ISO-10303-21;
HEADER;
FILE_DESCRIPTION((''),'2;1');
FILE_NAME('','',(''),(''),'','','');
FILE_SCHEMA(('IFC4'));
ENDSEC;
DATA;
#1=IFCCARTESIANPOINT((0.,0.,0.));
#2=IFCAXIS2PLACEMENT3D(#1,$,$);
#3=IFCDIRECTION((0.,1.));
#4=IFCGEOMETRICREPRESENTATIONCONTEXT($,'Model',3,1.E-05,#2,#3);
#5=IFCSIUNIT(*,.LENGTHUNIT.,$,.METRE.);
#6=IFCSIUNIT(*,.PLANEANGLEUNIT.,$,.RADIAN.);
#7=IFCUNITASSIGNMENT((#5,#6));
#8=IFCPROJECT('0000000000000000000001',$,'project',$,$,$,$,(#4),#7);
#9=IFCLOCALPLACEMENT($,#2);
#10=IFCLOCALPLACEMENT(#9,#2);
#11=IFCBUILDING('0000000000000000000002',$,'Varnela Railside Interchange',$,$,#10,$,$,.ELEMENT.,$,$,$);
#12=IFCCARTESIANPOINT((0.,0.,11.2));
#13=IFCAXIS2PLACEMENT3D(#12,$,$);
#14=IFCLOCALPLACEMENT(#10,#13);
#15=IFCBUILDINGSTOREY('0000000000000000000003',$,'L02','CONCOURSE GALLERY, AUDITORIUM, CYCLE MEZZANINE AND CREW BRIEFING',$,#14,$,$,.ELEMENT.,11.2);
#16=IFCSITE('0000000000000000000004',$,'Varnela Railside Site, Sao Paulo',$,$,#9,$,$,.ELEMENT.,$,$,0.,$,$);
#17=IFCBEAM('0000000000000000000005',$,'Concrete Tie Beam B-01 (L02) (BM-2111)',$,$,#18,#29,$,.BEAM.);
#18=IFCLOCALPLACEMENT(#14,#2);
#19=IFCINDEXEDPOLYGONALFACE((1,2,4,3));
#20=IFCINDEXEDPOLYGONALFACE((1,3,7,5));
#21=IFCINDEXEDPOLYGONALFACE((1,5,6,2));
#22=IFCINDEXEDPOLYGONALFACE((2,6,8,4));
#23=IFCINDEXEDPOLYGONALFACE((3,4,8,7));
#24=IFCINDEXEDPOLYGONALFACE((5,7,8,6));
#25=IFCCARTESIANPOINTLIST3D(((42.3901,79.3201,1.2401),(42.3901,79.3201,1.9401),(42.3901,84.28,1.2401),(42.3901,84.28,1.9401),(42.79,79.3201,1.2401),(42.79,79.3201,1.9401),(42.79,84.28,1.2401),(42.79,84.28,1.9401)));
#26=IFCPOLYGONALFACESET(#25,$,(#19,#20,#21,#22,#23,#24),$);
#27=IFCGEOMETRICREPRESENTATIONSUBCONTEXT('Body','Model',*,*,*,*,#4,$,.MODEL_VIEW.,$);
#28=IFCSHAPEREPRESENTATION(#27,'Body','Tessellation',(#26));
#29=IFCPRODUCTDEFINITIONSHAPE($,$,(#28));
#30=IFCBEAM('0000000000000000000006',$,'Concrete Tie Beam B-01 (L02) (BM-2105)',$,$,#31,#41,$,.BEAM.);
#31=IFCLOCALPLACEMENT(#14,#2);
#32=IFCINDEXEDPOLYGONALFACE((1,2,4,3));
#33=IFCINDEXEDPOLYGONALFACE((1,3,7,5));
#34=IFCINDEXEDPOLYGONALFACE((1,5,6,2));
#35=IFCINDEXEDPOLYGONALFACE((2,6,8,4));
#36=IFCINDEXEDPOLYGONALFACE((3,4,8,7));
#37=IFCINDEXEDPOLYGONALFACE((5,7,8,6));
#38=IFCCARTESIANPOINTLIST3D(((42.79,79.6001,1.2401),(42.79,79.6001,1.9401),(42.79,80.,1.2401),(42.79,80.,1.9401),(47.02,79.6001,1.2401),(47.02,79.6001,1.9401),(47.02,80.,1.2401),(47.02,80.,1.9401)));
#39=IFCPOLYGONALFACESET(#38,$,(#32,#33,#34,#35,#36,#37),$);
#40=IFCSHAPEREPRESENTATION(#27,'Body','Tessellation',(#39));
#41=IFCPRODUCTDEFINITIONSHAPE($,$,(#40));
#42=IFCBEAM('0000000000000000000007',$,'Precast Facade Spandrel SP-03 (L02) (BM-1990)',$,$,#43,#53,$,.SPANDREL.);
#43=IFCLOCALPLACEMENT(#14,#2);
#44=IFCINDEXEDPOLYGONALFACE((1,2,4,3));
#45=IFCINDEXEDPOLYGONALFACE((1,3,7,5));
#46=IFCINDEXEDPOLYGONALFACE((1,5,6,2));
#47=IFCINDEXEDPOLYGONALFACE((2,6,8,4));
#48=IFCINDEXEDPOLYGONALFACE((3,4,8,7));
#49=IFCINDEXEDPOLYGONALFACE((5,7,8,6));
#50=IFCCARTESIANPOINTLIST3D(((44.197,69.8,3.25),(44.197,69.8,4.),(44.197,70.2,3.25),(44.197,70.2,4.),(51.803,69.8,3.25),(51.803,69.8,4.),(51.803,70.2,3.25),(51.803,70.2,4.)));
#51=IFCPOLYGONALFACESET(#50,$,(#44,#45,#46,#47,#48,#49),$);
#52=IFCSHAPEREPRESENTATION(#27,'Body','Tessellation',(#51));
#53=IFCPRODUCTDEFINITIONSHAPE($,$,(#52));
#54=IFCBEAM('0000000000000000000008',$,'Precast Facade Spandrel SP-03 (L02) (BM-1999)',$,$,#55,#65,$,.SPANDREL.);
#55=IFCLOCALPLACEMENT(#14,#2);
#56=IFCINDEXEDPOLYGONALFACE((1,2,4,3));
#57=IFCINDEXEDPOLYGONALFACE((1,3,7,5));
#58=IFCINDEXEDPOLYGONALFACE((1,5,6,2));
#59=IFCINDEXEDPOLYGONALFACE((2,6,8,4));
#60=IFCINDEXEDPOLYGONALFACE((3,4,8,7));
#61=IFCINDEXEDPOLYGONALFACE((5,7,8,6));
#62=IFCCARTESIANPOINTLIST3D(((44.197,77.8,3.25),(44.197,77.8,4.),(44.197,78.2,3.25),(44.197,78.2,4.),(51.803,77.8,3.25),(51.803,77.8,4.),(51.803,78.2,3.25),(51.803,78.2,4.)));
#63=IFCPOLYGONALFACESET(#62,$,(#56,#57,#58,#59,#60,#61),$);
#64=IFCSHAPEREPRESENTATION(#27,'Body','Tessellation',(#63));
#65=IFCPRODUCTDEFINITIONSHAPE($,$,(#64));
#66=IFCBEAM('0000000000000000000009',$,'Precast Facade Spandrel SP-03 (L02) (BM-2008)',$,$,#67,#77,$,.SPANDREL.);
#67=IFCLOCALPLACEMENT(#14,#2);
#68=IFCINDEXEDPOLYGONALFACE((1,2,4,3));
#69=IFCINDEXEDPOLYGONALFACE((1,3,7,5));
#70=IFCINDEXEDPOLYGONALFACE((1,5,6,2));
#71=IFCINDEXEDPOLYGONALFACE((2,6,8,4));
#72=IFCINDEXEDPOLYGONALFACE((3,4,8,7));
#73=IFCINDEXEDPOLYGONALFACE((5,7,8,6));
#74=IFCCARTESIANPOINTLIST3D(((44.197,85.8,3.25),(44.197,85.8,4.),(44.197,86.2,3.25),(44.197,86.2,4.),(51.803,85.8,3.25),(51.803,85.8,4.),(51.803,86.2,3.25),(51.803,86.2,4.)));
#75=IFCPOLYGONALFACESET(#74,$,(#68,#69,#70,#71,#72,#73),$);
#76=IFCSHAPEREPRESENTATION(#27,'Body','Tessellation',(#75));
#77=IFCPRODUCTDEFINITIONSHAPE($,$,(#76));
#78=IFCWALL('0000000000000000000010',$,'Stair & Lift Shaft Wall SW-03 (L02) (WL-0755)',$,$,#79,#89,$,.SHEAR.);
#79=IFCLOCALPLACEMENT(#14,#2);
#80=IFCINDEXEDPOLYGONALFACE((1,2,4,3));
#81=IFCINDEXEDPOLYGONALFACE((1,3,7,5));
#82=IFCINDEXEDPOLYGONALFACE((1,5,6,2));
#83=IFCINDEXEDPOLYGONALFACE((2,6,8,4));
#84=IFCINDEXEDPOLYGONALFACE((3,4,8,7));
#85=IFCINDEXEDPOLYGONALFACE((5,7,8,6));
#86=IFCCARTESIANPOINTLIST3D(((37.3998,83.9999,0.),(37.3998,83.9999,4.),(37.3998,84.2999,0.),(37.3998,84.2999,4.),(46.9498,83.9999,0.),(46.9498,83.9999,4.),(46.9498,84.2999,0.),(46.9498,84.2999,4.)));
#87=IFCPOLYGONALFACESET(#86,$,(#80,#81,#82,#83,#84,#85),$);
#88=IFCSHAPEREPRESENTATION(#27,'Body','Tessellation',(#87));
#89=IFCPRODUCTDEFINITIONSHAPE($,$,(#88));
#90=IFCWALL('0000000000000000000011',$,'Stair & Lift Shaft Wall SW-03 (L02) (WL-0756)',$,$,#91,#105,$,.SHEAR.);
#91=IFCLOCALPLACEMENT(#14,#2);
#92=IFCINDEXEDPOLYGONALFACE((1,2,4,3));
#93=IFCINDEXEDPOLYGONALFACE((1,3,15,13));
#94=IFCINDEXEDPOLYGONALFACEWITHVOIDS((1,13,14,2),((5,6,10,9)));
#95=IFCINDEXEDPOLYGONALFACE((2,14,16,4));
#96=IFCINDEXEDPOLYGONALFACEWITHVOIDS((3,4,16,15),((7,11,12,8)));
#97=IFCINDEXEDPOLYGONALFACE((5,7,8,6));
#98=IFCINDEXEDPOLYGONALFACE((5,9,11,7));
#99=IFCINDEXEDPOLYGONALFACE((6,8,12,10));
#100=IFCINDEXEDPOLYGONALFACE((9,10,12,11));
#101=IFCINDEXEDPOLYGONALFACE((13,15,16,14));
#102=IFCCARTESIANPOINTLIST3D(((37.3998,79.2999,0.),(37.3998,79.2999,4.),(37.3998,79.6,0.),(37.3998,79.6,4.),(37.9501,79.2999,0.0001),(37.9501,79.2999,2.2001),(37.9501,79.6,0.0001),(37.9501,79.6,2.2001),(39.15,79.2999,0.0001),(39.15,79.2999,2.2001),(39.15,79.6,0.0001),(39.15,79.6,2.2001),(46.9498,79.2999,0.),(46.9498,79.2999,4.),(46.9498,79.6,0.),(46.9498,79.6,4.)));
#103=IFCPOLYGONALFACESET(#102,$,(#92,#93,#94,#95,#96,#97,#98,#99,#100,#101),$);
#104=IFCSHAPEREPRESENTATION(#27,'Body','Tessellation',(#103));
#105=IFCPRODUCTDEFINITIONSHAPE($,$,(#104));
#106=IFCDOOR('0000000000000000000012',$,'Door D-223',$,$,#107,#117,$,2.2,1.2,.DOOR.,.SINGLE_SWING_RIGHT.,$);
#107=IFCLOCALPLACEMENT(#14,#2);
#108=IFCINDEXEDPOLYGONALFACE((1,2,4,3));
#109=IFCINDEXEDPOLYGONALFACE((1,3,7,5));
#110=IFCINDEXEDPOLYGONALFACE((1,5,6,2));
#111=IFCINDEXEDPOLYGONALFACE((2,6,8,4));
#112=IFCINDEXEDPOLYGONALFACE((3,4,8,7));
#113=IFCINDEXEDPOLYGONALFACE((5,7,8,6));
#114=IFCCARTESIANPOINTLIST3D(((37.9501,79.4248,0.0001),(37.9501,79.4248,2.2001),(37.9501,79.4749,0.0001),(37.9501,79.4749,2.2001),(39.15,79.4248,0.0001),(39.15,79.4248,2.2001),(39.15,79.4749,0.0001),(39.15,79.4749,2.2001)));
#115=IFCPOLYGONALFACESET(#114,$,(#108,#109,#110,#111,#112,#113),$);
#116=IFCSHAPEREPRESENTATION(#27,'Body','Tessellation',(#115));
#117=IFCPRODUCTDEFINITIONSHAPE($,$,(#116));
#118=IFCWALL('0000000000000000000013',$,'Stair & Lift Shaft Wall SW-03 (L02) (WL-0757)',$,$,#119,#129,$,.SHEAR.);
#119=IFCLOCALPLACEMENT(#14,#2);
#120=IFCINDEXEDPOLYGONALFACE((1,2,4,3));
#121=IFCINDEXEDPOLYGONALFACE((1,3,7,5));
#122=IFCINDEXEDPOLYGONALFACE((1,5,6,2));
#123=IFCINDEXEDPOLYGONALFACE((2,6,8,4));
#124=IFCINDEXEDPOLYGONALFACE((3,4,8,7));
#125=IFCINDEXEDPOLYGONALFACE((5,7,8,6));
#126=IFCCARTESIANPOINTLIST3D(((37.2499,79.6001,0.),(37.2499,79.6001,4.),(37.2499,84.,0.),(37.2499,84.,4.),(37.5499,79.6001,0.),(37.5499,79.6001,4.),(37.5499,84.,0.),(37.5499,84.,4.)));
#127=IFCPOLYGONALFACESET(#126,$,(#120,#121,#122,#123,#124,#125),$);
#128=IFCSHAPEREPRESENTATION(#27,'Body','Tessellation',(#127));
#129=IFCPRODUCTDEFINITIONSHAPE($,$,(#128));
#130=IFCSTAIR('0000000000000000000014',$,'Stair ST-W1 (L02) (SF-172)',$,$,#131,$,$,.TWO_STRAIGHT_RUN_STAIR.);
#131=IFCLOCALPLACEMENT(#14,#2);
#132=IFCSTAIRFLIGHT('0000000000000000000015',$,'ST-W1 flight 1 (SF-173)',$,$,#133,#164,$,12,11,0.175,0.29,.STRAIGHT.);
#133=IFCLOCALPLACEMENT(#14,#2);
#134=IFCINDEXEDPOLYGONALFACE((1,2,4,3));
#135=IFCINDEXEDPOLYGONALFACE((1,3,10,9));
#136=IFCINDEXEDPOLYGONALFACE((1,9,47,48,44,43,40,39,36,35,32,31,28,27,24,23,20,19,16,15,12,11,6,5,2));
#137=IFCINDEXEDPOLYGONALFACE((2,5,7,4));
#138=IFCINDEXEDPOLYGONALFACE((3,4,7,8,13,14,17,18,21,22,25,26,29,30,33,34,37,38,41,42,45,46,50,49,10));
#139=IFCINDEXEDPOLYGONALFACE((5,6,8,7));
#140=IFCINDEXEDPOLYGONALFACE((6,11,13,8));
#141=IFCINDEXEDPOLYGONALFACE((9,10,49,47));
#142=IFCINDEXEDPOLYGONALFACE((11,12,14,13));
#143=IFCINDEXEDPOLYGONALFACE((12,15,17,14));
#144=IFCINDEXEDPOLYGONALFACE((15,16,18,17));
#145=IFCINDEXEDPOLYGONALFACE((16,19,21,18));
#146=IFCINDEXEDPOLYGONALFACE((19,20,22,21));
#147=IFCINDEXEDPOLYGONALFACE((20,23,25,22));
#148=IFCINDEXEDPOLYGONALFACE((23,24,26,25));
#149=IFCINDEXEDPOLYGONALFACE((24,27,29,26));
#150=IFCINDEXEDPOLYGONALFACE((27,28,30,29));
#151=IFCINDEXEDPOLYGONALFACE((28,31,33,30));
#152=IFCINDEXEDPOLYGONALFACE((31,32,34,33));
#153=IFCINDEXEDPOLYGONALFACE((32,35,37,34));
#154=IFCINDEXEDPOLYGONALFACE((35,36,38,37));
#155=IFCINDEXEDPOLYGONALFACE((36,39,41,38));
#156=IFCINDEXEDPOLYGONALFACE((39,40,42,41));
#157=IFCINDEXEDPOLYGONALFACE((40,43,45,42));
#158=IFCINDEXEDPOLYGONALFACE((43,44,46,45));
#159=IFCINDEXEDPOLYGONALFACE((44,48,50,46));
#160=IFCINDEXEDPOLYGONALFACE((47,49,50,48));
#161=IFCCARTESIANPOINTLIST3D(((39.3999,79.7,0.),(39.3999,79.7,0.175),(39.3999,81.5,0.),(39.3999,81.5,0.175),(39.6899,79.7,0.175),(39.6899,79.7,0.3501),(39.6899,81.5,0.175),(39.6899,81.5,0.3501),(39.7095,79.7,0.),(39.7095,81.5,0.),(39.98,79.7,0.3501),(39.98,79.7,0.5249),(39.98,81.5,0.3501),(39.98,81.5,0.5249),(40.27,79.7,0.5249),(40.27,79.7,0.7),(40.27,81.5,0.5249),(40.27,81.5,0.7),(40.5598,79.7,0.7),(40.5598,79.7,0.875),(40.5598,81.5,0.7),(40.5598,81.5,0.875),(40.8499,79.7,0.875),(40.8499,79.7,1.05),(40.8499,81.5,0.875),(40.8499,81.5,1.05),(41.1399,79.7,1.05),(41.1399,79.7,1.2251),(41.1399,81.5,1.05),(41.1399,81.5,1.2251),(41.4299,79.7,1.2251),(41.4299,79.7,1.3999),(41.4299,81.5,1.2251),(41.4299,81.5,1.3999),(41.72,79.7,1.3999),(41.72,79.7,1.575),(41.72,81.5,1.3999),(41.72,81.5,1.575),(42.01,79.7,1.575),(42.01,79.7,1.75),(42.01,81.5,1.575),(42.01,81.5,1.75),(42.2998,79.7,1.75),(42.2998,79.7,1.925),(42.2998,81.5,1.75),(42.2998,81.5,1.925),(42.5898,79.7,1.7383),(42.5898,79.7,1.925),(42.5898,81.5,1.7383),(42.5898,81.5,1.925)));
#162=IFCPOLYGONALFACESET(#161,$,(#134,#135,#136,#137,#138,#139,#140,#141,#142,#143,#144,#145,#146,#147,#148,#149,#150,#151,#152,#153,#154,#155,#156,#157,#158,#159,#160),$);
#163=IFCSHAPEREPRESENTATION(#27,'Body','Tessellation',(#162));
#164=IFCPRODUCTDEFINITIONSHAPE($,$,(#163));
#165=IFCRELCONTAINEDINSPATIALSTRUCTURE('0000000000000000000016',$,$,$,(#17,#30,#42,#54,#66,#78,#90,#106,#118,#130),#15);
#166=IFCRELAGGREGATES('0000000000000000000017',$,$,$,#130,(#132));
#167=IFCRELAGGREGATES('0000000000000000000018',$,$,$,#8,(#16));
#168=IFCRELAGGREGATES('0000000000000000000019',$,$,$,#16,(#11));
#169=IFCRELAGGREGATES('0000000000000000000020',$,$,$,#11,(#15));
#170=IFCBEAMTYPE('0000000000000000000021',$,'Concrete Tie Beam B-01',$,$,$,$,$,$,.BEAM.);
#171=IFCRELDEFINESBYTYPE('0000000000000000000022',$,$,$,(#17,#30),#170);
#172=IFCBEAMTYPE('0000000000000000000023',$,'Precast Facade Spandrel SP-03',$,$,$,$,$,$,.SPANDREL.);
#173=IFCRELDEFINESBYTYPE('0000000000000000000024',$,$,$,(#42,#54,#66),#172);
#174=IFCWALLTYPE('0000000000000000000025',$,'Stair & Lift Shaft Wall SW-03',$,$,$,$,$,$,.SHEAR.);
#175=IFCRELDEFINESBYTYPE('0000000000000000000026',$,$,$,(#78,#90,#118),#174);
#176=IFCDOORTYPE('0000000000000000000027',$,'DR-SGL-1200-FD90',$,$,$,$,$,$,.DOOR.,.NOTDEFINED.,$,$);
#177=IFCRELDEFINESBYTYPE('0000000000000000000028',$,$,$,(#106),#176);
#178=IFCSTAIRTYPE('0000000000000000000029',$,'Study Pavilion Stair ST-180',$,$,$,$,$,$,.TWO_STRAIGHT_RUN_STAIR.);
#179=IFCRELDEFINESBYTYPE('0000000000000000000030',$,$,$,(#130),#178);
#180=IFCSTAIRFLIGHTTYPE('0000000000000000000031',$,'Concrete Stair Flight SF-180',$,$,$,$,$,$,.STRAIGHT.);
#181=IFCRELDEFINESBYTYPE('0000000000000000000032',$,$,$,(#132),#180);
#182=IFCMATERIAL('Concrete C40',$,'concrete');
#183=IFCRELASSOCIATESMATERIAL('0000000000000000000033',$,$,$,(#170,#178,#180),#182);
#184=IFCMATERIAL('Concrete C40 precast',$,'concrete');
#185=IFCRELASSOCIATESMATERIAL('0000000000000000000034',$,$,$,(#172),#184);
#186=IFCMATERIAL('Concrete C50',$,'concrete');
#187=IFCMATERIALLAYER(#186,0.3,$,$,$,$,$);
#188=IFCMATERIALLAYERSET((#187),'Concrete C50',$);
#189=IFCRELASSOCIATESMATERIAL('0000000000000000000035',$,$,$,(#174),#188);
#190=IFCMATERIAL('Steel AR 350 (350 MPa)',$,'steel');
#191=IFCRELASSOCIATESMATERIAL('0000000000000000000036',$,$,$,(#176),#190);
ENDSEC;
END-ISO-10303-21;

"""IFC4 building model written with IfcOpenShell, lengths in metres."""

from ifc_helpers import new_model, si_unit, direction, frame, frame_2d, origin, origin_2d, place, context, subcontext, project, spatial, polyline, rectangle, outline, extrude, material, layer, layer_set, material_profile, profile_set, type_object, element, fill, aggregate, save


model = new_model("IFC4")

# Units and contexts
model_context = context("Model", 3, precision=1e-05, world=origin(), true_north=direction((0.0, 1.0)))
body_context = subcontext(model_context, "Body", "Model", "MODEL_VIEW")
ifc_project = project(units=[si_unit("LENGTHUNIT", "METRE"), si_unit("PLANEANGLEUNIT", "RADIAN")], contexts=[model_context])

# Site, building, storey
site_placement = place(None, origin())
site = spatial("IfcSite", under=ifc_project, at=site_placement, Name="Varnela Railside Site, Sao Paulo", CompositionType="ELEMENT", RefElevation=0.0)
building_placement = place(site_placement, origin())
building = spatial("IfcBuilding", under=site, at=building_placement, Name="Varnela Railside Interchange", CompositionType="ELEMENT")
storey_placement = place(building_placement, frame((0.0, 0.0, 11.2)))
storey = spatial("IfcBuildingStorey", under=building, at=storey_placement, Name="L02", Description="CONCOURSE GALLERY, AUDITORIUM, CYCLE MEZZANINE AND CREW BRIEFING", CompositionType="ELEMENT", Elevation=11.2)

# Shared definitions
ifc_material_1 = material(Name="Steel AR 350 (350 MPa)", Category="steel")

# Beams
ifc_material_2 = material(Name="Concrete C40", Category="concrete")
ifc_material_profile_1 = material_profile(ifc_material_2, rectangle(XDim=0.3999, YDim=0.7, at=origin_2d()), Name="RC 400x700")
ifc_profile_set_1 = profile_set([ifc_material_profile_1], Name="Concrete C40")
beam_type_1 = type_object("IfcBeamType", Name="Concrete Tie Beam B-01", PredefinedType="BEAM", material=ifc_profile_set_1)
for number, where, z_axis, x_axis, name in (
    (1, (42.5901, 79.3201, 1.5901), (0.0, 1.0, 0.0), (-1.0, 0.0, 0.0), "Concrete Tie Beam B-01 (L02) (BM-2111)"),
):
    element("IfcBeam", number, at=place(storey_placement, frame(where, z_axis=z_axis, x_axis=x_axis)), inside=storey, type_object=beam_type_1, Name=name, PredefinedType="BEAM", context=body_context, shape_type="SweptSolid", body=[
        extrude(rectangle(XDim=0.3999, YDim=0.7, at=origin_2d()), origin(), (0.0, 0.0, 1.0), 4.96),
    ])
beam_1_placement = place(storey_placement, frame((42.79, 79.8, 1.5901), z_axis=(1.0, 0.0, 0.0), x_axis=(0.0, 1.0, 0.0)))
element("IfcBeam", 2, at=beam_1_placement, inside=storey, type_object=beam_type_1, Name="Concrete Tie Beam B-01 (L02) (BM-2105)", PredefinedType="BEAM", context=body_context, shape_type="SweptSolid", body=[
    extrude(rectangle(XDim=0.3999, YDim=0.7, at=origin_2d()), origin(), (0.0, 0.0, 1.0), 4.23),
])
ifc_material_3 = material(Name="Concrete C40 precast", Category="concrete")
ifc_material_profile_2 = material_profile(ifc_material_3, rectangle(XDim=0.3999, YDim=0.75, at=origin_2d()), Name="PC 400x750")
ifc_profile_set_2 = profile_set([ifc_material_profile_2], Name="Concrete C40 precast")
beam_type_2 = type_object("IfcBeamType", Name="Precast Facade Spandrel SP-03", PredefinedType="SPANDREL", material=ifc_profile_set_2)
for number, where, z_axis, x_axis, name in (
    (3, (44.197, 70.0, 3.625), (1.0, 0.0, 0.0), (0.0, 1.0, 0.0), "Precast Facade Spandrel SP-03 (L02) (BM-1990)"),
    (4, (44.197, 78.0, 3.625), (1.0, 0.0, 0.0), (0.0, 1.0, 0.0), "Precast Facade Spandrel SP-03 (L02) (BM-1999)"),
    (5, (44.197, 86.0, 3.625), (1.0, 0.0, 0.0), (0.0, 1.0, 0.0), "Precast Facade Spandrel SP-03 (L02) (BM-2008)"),
):
    element("IfcBeam", number, at=place(storey_placement, frame(where, z_axis=z_axis, x_axis=x_axis)), inside=storey, type_object=beam_type_2, Name=name, PredefinedType="SPANDREL", context=body_context, shape_type="SweptSolid", body=[
        extrude(rectangle(XDim=0.3999, YDim=0.75, at=origin_2d()), origin(), (0.0, 0.0, 1.0), 7.606),
    ])

# Wall
ifc_material_4 = material(Name="Concrete C50", Category="concrete")
ifc_layer = layer(ifc_material_4, 0.3)
ifc_layer_set = layer_set([ifc_layer], Name="Concrete C50")
wall_type = type_object("IfcWallType", Name="Stair & Lift Shaft Wall SW-03", PredefinedType="SHEAR", material=ifc_layer_set)
wall_1_placement = place(storey_placement, frame((37.3999, 84.1499, 0.0), z_axis=(0.0, 0.0, 1.0), x_axis=(1.0, 0.0, 0.0)))
element("IfcWall", 6, at=wall_1_placement, inside=storey, type_object=wall_type, Name="Stair & Lift Shaft Wall SW-03 (L02) (WL-0755)", PredefinedType="SHEAR", context=body_context, shape_type="SweptSolid", body=[
    extrude(rectangle(XDim=9.55, YDim=0.3, at=frame_2d((4.7749, 0.0))), origin(), (0.0, 0.0, 1.0), 4.0),
])

# Wall, opening, door
wall_2_placement = place(storey_placement, frame((37.3999, 79.45, 0.0), z_axis=(0.0, 0.0, 1.0), x_axis=(1.0, 0.0, 0.0)))
wall_2 = element("IfcWall", 7, at=wall_2_placement, inside=storey, type_object=wall_type, Name="Stair & Lift Shaft Wall SW-03 (L02) (WL-0756)", PredefinedType="SHEAR", context=body_context, shape_type="SweptSolid", body=[
    extrude(rectangle(XDim=9.55, YDim=0.3, at=frame_2d((4.7749, 0.0))), origin(), (0.0, 0.0, 1.0), 4.0),
])
opening_placement = place(wall_2_placement, frame((0.55, 0.0, 0.0)))
opening = element("IfcOpeningElement", 8, at=opening_placement, cuts=wall_2, PredefinedType="OPENING", context=body_context, shape_type="SweptSolid", body=[
    extrude(rectangle(XDim=1.2, YDim=2.2, at=frame_2d((0.6001, 1.1001))), frame((0.0, 0.1599, 0.0), z_axis=(0.0, -1.0, 0.0), x_axis=(1.0, 0.0, 0.0)), (0.0, 0.0, 1.0), 0.3201),
])
door_type = type_object("IfcDoorType", Name="DR-SGL-1200-FD90", OperationType="NOTDEFINED", PredefinedType="DOOR", material=ifc_material_1)
door_placement = place(opening_placement, origin())
door = element("IfcDoor", 9, at=door_placement, inside=storey, type_object=door_type, Name="Door D-223", OperationType="SINGLE_SWING_RIGHT", OverallHeight=2.2, OverallWidth=1.2, PredefinedType="DOOR", context=body_context, shape_type="SweptSolid", body=[
    extrude(rectangle(XDim=1.2, YDim=2.2, at=frame_2d((0.6001, 1.1001))), frame((0.0, 0.0249, 0.0), z_axis=(0.0, -1.0, 0.0), x_axis=(1.0, 0.0, 0.0)), (0.0, 0.0, 1.0), 0.05),
])
fill(opening, door)

# Wall
wall_3_placement = place(storey_placement, frame((37.3999, 79.6001, 0.0), z_axis=(0.0, 0.0, 1.0), x_axis=(0.0, 1.0, 0.0)))
element("IfcWall", 10, at=wall_3_placement, inside=storey, type_object=wall_type, Name="Stair & Lift Shaft Wall SW-03 (L02) (WL-0757)", PredefinedType="SHEAR", context=body_context, shape_type="SweptSolid", body=[
    extrude(rectangle(XDim=4.3999, YDim=0.3, at=frame_2d((2.2, 0.0))), origin(), (0.0, 0.0, 1.0), 4.0),
])

# Stair, stair flight
stair_type = type_object("IfcStairType", Name="Study Pavilion Stair ST-180", PredefinedType="TWO_STRAIGHT_RUN_STAIR", material=ifc_material_2)
stair_placement = place(storey_placement, origin())
stair = element("IfcStair", 11, at=stair_placement, inside=storey, type_object=stair_type, Name="Stair ST-W1 (L02) (SF-172)", PredefinedType="TWO_STRAIGHT_RUN_STAIR")
stair_flight_type = type_object("IfcStairFlightType", Name="Concrete Stair Flight SF-180", PredefinedType="STRAIGHT", material=ifc_material_2)
stair_flight_1_placement = place(storey_placement, frame((39.3999, 80.6001, 0.0), z_axis=(0.0, 0.0, 1.0), x_axis=(1.0, 0.0, 0.0)))
stair_flight_1 = element("IfcStairFlight", 12, at=stair_flight_1_placement, type_object=stair_flight_type, Name="ST-W1 flight 1 (SF-173)", NumberOfRisers=12, NumberOfTreads=11, PredefinedType="STRAIGHT", RiserHeight=0.175, TreadLength=0.29, context=body_context, shape_type="SweptSolid", body=[
    extrude(outline(polyline([(0.0, 0.0), (0.0, 0.175), (0.29, 0.175), (0.29, 0.3501), (0.5801, 0.3501), (0.5801, 0.5249), (0.8701, 0.5249), (0.8701, 0.7), (1.1599, 0.7), (1.1599, 0.875), (1.45, 0.875), (1.45, 1.05), (1.74, 1.05), (1.74, 1.2251), (2.03, 1.2251), (2.03, 1.3999), (2.3201, 1.3999), (2.3201, 1.575), (2.6101, 1.575), (2.6101, 1.75), (2.8999, 1.75), (2.8999, 1.925), (3.1899, 1.925), (3.1899, 2.1001), (3.1899, 1.7383), (0.3096, 0.0), (0.0, 0.0)])), frame((0.0, 0.8999, 0.0), z_axis=(0.0, -1.0, 0.0), x_axis=(1.0, 0.0, 0.0)), (0.0, 0.0, 1.0), 1.8),
])
aggregate(stair, [stair_flight_1])

save(model, "model.ifc")
